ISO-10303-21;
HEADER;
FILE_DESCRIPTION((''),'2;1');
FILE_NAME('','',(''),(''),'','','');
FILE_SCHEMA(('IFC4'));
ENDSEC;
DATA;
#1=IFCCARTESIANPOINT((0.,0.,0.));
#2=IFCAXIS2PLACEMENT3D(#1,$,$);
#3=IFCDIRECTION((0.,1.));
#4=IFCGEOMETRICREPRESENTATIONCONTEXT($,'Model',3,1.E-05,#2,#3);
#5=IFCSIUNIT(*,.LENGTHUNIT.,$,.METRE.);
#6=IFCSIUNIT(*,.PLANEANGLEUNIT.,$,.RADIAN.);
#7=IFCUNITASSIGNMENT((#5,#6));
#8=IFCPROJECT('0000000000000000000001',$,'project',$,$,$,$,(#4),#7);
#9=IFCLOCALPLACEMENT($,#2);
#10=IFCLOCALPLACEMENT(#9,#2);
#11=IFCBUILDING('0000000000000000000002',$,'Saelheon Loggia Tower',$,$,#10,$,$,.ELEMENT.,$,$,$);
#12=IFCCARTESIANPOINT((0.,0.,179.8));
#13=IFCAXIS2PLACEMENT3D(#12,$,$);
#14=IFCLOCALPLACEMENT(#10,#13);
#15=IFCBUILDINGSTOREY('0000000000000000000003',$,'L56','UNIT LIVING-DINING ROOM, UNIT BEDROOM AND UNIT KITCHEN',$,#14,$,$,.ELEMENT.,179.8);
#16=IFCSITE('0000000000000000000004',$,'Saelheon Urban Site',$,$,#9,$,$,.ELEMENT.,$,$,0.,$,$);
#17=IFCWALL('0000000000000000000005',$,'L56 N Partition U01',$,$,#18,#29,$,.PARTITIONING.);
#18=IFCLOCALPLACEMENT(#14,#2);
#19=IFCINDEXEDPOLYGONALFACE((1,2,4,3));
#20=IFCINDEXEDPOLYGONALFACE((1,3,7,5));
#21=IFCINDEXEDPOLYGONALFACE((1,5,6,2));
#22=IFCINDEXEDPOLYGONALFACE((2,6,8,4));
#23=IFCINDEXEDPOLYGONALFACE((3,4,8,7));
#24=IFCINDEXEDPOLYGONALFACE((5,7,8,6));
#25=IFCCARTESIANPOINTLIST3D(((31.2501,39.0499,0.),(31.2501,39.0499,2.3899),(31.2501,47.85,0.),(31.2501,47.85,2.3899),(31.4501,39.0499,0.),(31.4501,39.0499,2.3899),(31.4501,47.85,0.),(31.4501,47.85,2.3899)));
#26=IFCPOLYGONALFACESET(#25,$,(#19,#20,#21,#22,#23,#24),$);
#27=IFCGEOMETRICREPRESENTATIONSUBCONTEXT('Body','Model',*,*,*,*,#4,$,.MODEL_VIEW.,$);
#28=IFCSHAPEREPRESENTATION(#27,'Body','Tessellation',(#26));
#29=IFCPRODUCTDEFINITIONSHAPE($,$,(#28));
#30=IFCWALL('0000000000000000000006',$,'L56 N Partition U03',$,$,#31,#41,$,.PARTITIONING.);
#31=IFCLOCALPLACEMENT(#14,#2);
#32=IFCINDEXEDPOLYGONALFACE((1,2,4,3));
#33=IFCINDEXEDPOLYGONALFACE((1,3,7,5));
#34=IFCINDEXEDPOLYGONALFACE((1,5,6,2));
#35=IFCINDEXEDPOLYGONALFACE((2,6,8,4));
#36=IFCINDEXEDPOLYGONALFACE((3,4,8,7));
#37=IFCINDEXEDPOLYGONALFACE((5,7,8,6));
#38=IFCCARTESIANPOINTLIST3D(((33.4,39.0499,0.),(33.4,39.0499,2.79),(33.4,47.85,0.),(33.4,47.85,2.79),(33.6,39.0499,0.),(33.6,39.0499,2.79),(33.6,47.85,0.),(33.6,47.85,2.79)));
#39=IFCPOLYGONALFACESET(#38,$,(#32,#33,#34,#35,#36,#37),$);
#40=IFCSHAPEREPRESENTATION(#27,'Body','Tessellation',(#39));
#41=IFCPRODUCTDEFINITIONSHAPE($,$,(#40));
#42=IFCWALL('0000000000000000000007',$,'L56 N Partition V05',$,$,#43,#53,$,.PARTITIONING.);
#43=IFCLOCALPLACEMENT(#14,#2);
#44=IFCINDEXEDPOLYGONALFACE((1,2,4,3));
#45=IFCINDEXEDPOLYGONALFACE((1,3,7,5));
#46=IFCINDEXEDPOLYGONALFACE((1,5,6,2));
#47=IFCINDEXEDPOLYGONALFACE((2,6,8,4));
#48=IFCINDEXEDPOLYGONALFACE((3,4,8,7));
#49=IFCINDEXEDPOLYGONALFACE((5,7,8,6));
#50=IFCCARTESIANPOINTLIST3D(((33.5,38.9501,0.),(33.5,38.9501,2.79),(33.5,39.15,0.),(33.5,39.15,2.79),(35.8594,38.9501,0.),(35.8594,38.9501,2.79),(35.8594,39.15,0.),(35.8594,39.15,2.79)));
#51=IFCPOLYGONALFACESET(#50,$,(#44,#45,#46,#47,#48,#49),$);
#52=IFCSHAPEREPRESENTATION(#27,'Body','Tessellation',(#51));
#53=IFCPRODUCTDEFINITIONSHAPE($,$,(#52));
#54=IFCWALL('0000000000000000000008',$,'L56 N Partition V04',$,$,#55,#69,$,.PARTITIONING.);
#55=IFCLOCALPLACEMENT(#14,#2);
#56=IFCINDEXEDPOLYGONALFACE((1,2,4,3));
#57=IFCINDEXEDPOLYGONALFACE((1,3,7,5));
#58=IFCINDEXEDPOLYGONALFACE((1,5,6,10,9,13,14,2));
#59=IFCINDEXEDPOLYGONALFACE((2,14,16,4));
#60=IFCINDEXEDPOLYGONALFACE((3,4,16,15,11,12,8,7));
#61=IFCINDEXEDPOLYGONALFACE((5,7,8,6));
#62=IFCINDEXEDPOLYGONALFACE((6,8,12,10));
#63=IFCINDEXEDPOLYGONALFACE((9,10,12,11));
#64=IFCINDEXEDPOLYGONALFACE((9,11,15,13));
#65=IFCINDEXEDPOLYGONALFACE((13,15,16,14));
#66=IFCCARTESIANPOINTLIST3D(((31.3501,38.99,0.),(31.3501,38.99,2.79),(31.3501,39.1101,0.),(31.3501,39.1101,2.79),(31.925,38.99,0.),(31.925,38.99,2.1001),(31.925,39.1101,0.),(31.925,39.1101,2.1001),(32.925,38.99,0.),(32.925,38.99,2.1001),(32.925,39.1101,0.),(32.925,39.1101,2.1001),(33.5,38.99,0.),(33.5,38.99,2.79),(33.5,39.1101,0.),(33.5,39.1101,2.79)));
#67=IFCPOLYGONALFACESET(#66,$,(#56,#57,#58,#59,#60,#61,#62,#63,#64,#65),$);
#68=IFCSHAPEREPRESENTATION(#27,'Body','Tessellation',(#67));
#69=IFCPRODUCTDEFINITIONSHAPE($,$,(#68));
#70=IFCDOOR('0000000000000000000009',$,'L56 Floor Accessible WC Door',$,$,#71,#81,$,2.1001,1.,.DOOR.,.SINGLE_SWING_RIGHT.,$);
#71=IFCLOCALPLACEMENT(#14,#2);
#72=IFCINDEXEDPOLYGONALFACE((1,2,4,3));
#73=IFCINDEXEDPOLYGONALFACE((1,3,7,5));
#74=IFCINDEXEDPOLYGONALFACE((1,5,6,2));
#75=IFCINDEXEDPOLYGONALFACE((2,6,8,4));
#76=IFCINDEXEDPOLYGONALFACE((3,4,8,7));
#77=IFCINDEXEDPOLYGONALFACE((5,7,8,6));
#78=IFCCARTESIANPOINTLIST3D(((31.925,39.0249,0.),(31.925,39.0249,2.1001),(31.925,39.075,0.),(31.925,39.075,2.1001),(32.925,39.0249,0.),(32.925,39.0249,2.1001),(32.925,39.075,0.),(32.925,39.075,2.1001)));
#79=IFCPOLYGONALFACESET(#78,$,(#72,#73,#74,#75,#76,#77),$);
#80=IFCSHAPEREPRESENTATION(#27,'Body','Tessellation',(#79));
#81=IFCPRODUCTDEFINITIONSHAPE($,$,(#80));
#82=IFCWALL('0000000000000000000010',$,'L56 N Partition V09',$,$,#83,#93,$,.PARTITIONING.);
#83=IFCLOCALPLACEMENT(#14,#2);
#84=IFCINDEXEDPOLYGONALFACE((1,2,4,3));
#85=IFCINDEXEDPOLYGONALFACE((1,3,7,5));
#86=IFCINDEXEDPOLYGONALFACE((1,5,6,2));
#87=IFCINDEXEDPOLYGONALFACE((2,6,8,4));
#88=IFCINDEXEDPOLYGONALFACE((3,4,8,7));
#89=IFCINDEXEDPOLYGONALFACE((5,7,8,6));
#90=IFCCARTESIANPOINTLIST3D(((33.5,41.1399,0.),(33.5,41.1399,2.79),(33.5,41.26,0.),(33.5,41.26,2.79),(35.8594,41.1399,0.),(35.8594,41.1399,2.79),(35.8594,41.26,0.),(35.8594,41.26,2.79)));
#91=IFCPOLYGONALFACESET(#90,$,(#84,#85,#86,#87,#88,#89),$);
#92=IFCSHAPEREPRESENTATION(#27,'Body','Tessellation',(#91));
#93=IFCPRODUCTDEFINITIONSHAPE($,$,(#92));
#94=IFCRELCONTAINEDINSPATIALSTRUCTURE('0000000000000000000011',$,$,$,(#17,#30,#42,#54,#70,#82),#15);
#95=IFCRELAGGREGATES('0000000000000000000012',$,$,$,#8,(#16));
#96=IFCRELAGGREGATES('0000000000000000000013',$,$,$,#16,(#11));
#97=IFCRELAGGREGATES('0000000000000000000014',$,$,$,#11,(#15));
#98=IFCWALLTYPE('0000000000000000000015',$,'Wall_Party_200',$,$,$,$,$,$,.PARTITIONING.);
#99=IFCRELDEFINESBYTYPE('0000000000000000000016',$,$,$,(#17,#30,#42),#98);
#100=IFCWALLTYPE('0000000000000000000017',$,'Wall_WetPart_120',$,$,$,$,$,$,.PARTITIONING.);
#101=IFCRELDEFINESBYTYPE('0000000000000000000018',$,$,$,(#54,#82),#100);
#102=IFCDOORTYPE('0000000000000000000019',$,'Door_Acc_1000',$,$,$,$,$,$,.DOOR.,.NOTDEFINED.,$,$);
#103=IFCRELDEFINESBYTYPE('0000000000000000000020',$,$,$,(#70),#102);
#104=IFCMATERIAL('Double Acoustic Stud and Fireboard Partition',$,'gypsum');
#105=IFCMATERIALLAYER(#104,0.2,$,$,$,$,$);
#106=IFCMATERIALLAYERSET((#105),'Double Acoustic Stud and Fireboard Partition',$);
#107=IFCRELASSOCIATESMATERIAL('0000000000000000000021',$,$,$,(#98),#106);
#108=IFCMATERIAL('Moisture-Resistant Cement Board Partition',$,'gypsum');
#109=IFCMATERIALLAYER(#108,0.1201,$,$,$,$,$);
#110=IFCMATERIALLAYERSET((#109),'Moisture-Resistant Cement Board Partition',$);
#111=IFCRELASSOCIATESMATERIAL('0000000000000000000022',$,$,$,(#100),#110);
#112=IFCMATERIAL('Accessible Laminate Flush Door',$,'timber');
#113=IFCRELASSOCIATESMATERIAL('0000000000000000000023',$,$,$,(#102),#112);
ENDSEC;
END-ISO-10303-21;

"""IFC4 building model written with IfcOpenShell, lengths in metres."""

from ifc_helpers import new_model, si_unit, direction, frame, frame_2d, origin, place, context, subcontext, project, spatial, rectangle, extrude, source, transform, mapped, material, layer, layer_set, type_object, element, fill, save


model = new_model("IFC4")

# Units and contexts
model_context = context("Model", 3, precision=1e-05, world=origin(), true_north=direction((0.0, 1.0)))
body_context = subcontext(model_context, "Body", "Model", "MODEL_VIEW")
ifc_project = project(units=[si_unit("LENGTHUNIT", "METRE"), si_unit("PLANEANGLEUNIT", "RADIAN")], contexts=[model_context])

# Site, building, storey
site_placement = place(None, origin())
site = spatial("IfcSite", under=ifc_project, at=site_placement, Name="Saelheon Urban Site", CompositionType="ELEMENT", RefElevation=0.0)
building_placement = place(site_placement, origin())
building = spatial("IfcBuilding", under=site, at=building_placement, Name="Saelheon Loggia Tower", CompositionType="ELEMENT")
storey_placement = place(building_placement, frame((0.0, 0.0, 179.8)))
storey = spatial("IfcBuildingStorey", under=building, at=storey_placement, Name="L56", Description="UNIT LIVING-DINING ROOM, UNIT BEDROOM AND UNIT KITCHEN", CompositionType="ELEMENT", Elevation=179.8)

# Walls
ifc_material_1 = material(Name="Double Acoustic Stud and Fireboard Partition", Category="gypsum")
ifc_layer_1 = layer(ifc_material_1, 0.2)
ifc_layer_set_1 = layer_set([ifc_layer_1], Name="Double Acoustic Stud and Fireboard Partition")
wall_type_1 = type_object("IfcWallType", Name="Wall_Party_200", PredefinedType="PARTITIONING", material=ifc_layer_set_1)
wall_1_placement = place(storey_placement, frame((31.3501, 39.05, 0.0), z_axis=(0.0, 0.0, 1.0), x_axis=(0.0, 1.0, 0.0)))
element("IfcWall", 1, at=wall_1_placement, inside=storey, type_object=wall_type_1, Name="L56 N Partition U01", PredefinedType="PARTITIONING", context=body_context, shape_type="SweptSolid", body=[
    extrude(rectangle(XDim=8.8, YDim=0.2, at=frame_2d((4.3999, 0.0))), origin(), (0.0, 0.0, 1.0), 2.3899),
])
wall_2_placement = place(storey_placement, frame((33.5, 39.05, 0.0), z_axis=(0.0, 0.0, 1.0), x_axis=(0.0, 1.0, 0.0)))
element("IfcWall", 2, at=wall_2_placement, inside=storey, type_object=wall_type_1, Name="L56 N Partition U03", PredefinedType="PARTITIONING", context=body_context, shape_type="SweptSolid", body=[
    extrude(rectangle(XDim=8.8, YDim=0.2, at=frame_2d((4.3999, 0.0))), origin(), (0.0, 0.0, 1.0), 2.79),
])
wall_3_placement = place(storey_placement, frame((33.5, 39.05, 0.0), z_axis=(0.0, 0.0, 1.0), x_axis=(1.0, 0.0, 0.0)))
element("IfcWall", 3, at=wall_3_placement, inside=storey, type_object=wall_type_1, Name="L56 N Partition V05", PredefinedType="PARTITIONING", context=body_context, shape_type="SweptSolid", body=[
    extrude(rectangle(XDim=2.3594, YDim=0.2, at=frame_2d((1.1797, 0.0))), origin(), (0.0, 0.0, 1.0), 2.79),
])

# Wall, opening, door
ifc_material_2 = material(Name="Moisture-Resistant Cement Board Partition", Category="gypsum")
ifc_layer_2 = layer(ifc_material_2, 0.1201)
ifc_layer_set_2 = layer_set([ifc_layer_2], Name="Moisture-Resistant Cement Board Partition")
wall_type_2 = type_object("IfcWallType", Name="Wall_WetPart_120", PredefinedType="PARTITIONING", material=ifc_layer_set_2)
wall_4_placement = place(storey_placement, frame((31.3501, 39.05, 0.0), z_axis=(0.0, 0.0, 1.0), x_axis=(1.0, 0.0, 0.0)))
wall_4 = element("IfcWall", 4, at=wall_4_placement, inside=storey, type_object=wall_type_2, Name="L56 N Partition V04", PredefinedType="PARTITIONING", context=body_context, shape_type="SweptSolid", body=[
    extrude(rectangle(XDim=2.1499, YDim=0.1201, at=frame_2d((1.075, 0.0))), origin(), (0.0, 0.0, 1.0), 2.79),
])
opening_1_placement = place(wall_4_placement, frame((0.575, 0.0, 0.0)))
opening_1 = element("IfcOpeningElement", 5, at=opening_1_placement, cuts=wall_4, PredefinedType="OPENING", context=body_context, shape_type="SweptSolid", body=[
    extrude(rectangle(XDim=1.0, YDim=2.1001, at=frame_2d((0.5, 1.05))), frame((0.0, 0.072, 0.0), z_axis=(0.0, -1.0, 0.0), x_axis=(1.0, 0.0, 0.0)), (0.0, 0.0, 1.0), 0.144),
])
ifc_material_3 = material(Name="Accessible Laminate Flush Door", Category="timber")
door_type_1 = type_object("IfcDoorType", Name="Door_Acc_1000", OperationType="NOTDEFINED", PredefinedType="DOOR", material=ifc_material_3)
shared_shape_1 = source(origin(), body_context, "Body", "SweptSolid", [
    extrude(rectangle(XDim=1.0, YDim=2.1001, at=frame_2d((0.5, 1.05))), frame((0.0, 0.0249, 0.0), z_axis=(0.0, -1.0, 0.0), x_axis=(1.0, 0.0, 0.0)), (0.0, 0.0, 1.0), 0.05),
])
door_1_placement = place(opening_1_placement, origin())
door_1 = element("IfcDoor", 6, at=door_1_placement, inside=storey, type_object=door_type_1, Name="L56 Floor Accessible WC Door", OperationType="SINGLE_SWING_RIGHT", OverallHeight=2.1001, OverallWidth=1.0, PredefinedType="DOOR", context=body_context, shape_type="MappedRepresentation", body=[
    mapped(shared_shape_1, transform((0.0, 0.0, 0.0), scale=1.0)),
])
fill(opening_1, door_1)

# Wall
wall_5_placement = place(storey_placement, frame((33.5, 41.2, 0.0), z_axis=(0.0, 0.0, 1.0), x_axis=(1.0, 0.0, 0.0)))
element("IfcWall", 7, at=wall_5_placement, inside=storey, type_object=wall_type_2, Name="L56 N Partition V09", PredefinedType="PARTITIONING", context=body_context, shape_type="SweptSolid", body=[
    extrude(rectangle(XDim=2.3594, YDim=0.1201, at=frame_2d((1.1797, 0.0))), origin(), (0.0, 0.0, 1.0), 2.79),
])

save(model, "model.ifc")
